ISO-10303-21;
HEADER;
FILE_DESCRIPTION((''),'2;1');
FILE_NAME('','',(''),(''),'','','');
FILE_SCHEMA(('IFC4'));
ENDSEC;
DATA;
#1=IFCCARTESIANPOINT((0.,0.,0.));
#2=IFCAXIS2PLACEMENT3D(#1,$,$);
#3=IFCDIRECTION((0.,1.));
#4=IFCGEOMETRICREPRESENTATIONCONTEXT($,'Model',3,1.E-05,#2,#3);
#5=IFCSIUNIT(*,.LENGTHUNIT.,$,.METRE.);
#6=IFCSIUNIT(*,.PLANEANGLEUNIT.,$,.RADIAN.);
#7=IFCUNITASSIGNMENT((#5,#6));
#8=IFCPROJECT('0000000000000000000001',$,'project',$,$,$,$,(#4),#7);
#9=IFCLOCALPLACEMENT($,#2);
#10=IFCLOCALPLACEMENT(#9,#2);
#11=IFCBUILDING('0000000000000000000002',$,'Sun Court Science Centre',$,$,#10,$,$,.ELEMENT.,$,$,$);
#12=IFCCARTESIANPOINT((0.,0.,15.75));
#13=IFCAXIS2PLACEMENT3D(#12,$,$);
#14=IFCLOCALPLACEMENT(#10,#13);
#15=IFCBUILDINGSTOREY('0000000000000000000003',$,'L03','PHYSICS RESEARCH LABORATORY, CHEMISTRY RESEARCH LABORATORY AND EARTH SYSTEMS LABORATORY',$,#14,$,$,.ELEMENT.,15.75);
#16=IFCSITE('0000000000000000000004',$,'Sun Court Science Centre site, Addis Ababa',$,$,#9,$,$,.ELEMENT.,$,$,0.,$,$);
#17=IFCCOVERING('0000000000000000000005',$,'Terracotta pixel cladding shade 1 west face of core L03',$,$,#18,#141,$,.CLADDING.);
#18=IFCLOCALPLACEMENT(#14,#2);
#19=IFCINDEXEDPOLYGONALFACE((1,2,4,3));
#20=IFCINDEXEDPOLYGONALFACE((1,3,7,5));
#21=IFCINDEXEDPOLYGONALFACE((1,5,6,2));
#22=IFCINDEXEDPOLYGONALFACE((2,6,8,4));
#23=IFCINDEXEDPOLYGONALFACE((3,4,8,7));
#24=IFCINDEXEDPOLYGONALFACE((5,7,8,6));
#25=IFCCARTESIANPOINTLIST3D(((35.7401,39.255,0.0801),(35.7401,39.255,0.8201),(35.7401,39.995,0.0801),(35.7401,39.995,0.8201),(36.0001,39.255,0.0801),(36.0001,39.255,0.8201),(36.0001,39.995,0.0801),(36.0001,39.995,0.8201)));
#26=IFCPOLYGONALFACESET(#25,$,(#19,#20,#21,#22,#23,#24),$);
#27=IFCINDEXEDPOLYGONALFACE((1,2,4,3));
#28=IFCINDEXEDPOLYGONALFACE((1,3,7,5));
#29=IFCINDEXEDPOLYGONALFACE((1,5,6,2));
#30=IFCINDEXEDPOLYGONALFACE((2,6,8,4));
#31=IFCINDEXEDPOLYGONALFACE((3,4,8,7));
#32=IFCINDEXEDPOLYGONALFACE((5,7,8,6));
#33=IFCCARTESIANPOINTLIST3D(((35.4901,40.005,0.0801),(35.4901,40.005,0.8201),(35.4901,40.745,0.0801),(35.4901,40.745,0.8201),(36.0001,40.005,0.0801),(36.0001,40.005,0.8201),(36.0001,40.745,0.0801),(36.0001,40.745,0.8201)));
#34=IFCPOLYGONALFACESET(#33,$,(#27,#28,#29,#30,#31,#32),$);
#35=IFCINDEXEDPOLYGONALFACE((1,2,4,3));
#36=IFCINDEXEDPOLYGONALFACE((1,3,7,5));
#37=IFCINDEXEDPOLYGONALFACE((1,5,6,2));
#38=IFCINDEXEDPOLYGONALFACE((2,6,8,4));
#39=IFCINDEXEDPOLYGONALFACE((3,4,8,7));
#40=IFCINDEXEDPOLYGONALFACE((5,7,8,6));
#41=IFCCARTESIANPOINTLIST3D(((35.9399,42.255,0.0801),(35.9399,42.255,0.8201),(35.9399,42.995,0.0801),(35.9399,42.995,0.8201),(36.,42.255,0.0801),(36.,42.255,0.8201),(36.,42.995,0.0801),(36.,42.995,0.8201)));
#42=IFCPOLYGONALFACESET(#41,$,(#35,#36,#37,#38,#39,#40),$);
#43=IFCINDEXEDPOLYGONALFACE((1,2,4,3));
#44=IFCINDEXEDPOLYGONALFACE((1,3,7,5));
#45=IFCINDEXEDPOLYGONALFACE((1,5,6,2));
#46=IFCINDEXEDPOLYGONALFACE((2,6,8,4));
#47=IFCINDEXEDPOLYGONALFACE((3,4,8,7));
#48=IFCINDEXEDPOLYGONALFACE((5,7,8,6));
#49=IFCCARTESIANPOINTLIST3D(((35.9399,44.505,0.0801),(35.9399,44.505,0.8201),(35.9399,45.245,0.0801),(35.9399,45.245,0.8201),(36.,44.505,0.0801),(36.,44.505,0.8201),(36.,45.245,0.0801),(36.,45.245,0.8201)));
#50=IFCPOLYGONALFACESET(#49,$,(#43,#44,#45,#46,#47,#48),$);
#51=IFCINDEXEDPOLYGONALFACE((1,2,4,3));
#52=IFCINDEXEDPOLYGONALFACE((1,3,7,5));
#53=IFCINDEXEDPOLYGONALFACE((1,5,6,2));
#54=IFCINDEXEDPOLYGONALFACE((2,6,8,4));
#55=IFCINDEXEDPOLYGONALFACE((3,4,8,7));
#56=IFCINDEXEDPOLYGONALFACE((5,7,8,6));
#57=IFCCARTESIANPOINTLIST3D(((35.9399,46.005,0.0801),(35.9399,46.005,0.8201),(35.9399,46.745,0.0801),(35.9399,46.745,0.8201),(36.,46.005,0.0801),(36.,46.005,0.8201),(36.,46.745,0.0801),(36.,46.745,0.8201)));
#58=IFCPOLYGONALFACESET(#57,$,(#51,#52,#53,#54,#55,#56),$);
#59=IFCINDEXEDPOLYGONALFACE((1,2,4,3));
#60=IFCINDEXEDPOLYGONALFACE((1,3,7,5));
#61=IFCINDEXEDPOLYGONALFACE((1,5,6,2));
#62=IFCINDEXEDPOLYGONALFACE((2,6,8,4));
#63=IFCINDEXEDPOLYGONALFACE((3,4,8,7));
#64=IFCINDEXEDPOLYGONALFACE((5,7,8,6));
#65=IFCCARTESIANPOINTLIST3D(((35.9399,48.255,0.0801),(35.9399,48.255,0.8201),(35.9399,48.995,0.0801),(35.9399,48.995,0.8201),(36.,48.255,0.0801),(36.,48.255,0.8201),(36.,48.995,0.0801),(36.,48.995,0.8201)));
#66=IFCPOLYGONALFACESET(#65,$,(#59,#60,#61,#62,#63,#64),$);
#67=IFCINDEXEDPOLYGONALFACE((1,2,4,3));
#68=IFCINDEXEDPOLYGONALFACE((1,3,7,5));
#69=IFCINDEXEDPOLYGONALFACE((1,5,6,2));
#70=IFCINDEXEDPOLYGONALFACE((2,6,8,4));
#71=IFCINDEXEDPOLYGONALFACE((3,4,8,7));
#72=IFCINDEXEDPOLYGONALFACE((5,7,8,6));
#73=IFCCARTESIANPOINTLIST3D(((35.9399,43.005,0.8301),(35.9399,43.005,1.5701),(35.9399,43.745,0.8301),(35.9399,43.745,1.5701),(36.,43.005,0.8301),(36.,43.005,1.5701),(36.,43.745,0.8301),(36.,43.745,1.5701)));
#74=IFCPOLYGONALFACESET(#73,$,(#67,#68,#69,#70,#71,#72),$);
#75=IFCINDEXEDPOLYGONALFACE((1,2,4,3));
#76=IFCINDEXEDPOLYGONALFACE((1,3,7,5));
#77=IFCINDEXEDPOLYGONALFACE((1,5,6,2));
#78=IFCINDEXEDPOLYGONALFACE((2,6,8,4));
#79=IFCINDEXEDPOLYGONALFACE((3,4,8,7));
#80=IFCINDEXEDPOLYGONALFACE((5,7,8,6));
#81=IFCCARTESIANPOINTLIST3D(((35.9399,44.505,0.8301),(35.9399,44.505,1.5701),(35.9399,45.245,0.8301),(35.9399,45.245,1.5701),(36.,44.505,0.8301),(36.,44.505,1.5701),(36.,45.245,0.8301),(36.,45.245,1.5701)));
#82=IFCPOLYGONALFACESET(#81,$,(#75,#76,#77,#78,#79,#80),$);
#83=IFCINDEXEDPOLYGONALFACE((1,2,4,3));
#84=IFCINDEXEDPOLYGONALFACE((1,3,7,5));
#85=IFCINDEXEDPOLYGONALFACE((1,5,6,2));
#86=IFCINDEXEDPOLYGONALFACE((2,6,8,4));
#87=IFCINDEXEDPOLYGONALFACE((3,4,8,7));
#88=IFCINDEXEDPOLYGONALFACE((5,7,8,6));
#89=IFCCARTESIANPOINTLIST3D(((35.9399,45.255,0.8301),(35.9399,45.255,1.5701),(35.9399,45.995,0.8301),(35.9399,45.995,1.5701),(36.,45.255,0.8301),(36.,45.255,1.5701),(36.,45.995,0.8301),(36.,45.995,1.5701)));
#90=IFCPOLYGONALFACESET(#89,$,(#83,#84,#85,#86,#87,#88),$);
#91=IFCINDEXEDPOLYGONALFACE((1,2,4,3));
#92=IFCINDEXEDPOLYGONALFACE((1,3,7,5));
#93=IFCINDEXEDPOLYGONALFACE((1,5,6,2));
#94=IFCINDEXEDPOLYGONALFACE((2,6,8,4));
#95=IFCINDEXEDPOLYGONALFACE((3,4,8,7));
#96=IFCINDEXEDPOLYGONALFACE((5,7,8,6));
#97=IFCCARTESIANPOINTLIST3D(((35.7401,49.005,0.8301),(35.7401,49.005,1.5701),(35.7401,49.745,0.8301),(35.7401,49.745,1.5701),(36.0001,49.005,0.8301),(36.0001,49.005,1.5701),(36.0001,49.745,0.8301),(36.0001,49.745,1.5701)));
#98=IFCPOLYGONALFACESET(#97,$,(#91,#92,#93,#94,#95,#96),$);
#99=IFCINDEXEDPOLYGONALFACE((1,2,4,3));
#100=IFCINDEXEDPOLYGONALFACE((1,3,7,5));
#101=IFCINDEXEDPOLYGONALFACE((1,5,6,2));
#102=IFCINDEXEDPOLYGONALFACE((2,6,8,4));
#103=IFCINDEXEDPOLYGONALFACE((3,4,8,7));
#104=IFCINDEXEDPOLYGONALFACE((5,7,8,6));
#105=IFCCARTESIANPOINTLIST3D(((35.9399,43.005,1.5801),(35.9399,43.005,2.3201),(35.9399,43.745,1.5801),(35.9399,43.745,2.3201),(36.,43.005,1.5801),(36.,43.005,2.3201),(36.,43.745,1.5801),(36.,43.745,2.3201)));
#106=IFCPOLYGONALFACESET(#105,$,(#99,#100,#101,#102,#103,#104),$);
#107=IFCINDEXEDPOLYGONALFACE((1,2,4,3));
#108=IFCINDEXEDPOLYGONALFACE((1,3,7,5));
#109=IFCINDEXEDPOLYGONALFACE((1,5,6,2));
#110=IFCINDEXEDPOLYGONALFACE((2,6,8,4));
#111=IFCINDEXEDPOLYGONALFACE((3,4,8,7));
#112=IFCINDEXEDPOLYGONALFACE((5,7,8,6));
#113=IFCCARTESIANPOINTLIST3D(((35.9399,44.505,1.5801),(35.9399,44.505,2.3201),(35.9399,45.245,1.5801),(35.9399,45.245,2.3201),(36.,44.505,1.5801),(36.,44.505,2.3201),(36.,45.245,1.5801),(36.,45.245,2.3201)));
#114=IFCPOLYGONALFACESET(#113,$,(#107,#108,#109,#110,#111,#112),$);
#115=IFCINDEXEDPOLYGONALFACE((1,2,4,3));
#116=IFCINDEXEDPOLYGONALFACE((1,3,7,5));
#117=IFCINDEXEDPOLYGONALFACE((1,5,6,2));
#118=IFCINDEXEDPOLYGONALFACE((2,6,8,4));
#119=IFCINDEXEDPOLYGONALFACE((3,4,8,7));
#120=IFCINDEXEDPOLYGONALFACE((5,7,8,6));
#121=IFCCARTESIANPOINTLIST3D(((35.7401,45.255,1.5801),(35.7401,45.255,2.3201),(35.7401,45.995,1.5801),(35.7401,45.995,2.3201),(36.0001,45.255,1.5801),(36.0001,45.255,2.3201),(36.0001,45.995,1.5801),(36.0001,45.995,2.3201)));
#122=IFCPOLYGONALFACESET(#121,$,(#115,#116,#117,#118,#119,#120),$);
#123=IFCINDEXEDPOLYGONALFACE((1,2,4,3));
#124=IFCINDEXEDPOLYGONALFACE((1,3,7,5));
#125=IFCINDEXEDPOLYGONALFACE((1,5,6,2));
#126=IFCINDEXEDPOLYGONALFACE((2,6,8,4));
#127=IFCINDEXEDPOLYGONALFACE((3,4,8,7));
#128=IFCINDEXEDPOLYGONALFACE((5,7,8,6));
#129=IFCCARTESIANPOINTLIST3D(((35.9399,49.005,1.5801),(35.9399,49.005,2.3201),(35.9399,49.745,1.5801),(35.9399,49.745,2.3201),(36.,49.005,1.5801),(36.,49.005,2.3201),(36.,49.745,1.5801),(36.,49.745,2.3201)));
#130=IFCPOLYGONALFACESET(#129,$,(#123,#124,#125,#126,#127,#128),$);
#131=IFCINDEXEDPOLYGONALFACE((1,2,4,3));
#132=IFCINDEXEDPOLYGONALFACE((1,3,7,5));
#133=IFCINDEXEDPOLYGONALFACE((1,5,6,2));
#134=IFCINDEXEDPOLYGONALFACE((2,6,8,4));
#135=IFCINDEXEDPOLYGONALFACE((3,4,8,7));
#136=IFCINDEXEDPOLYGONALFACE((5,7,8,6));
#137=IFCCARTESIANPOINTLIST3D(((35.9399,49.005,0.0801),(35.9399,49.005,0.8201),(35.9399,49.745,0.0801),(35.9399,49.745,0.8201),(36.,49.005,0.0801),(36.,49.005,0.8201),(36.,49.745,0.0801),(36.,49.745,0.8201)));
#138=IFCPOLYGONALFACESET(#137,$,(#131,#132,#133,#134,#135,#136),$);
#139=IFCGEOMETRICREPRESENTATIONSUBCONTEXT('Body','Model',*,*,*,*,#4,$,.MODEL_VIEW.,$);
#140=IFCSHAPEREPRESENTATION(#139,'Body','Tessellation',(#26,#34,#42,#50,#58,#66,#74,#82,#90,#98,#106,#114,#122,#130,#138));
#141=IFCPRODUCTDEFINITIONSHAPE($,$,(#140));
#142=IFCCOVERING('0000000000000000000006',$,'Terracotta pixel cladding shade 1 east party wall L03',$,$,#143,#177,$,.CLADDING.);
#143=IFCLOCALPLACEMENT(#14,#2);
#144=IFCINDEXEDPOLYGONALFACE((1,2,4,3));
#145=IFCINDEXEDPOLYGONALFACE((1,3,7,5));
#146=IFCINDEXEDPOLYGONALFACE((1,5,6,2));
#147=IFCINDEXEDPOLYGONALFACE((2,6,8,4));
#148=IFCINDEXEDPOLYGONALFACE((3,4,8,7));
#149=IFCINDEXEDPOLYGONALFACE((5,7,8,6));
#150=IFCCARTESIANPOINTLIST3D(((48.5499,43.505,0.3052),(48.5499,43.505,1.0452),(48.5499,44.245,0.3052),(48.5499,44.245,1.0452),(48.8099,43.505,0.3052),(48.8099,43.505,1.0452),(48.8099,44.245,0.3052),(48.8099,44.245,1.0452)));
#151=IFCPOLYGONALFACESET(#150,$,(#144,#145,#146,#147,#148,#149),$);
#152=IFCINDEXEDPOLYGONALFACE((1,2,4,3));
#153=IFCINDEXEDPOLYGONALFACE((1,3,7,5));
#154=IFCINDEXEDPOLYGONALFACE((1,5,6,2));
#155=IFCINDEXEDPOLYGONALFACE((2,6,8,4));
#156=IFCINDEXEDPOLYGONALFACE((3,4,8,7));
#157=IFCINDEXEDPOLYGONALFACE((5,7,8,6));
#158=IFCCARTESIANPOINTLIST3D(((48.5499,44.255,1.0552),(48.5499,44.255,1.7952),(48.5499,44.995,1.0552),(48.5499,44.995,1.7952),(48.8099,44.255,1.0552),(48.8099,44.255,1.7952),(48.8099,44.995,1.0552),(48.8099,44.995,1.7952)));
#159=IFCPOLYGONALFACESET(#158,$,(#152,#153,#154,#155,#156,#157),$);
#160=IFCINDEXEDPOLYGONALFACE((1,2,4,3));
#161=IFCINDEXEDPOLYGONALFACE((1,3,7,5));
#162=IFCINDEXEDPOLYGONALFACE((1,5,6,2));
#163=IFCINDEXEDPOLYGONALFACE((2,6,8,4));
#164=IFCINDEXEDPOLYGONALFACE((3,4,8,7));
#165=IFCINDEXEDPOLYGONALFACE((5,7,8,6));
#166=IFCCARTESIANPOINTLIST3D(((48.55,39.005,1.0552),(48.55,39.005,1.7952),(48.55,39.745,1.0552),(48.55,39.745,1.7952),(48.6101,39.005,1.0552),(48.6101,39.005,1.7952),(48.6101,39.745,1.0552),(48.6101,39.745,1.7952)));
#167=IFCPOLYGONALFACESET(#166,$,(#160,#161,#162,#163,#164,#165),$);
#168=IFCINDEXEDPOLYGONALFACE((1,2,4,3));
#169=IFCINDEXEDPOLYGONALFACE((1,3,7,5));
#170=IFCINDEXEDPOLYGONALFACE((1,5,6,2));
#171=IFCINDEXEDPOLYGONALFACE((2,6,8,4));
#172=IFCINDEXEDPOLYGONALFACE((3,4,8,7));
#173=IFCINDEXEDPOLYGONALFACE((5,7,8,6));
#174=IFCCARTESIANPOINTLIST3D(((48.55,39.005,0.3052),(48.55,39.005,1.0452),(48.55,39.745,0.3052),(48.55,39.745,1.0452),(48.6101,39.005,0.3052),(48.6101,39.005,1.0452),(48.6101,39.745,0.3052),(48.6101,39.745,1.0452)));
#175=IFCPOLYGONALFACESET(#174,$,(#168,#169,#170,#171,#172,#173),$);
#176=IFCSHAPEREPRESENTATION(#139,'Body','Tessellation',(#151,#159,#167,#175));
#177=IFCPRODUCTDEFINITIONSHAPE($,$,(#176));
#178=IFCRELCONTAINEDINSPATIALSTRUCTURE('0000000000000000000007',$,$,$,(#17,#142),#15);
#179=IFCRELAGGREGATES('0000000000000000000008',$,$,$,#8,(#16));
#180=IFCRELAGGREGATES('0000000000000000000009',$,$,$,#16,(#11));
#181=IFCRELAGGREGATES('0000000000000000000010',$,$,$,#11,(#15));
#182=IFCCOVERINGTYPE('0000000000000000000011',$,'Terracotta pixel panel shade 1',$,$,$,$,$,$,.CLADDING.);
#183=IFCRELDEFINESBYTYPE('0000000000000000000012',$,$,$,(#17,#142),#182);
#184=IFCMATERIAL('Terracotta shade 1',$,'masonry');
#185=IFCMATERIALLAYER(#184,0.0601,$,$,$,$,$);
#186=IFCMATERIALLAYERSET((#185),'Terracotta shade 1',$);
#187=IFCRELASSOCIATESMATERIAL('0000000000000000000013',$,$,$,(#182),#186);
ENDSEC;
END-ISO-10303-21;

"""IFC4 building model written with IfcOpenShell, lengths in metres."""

from ifc_helpers import new_model, si_unit, direction, frame, origin, origin_2d, place, context, subcontext, project, spatial, rectangle, extrude, material, layer, layer_set, type_object, element, save


model = new_model("IFC4")

# Units and contexts
model_context = context("Model", 3, precision=1e-05, world=origin(), true_north=direction((0.0, 1.0)))
body_context = subcontext(model_context, "Body", "Model", "MODEL_VIEW")
ifc_project = project(units=[si_unit("LENGTHUNIT", "METRE"), si_unit("PLANEANGLEUNIT", "RADIAN")], contexts=[model_context])

# Site, building, storey
site_placement = place(None, origin())
site = spatial("IfcSite", under=ifc_project, at=site_placement, Name="Sun Court Science Centre site, Addis Ababa", CompositionType="ELEMENT", RefElevation=0.0)
building_placement = place(site_placement, origin())
building = spatial("IfcBuilding", under=site, at=building_placement, Name="Sun Court Science Centre", CompositionType="ELEMENT")
storey_placement = place(building_placement, frame((0.0, 0.0, 15.75)))
storey = spatial("IfcBuildingStorey", under=building, at=storey_placement, Name="L03", Description="PHYSICS RESEARCH LABORATORY, CHEMISTRY RESEARCH LABORATORY AND EARTH SYSTEMS LABORATORY", CompositionType="ELEMENT", Elevation=15.75)

# Coverings
ifc_material_1 = material(Name="Terracotta shade 1", Category="masonry")
ifc_layer_1 = layer(ifc_material_1, 0.0601)
ifc_layer_set_1 = layer_set([ifc_layer_1], Name="Terracotta shade 1")
covering_type_1 = type_object("IfcCoveringType", Name="Terracotta pixel panel shade 1", PredefinedType="CLADDING", material=ifc_layer_set_1)
covering_1_placement = place(storey_placement, frame((0.0, 0.0, -15.75)))
element("IfcCovering", 1, at=covering_1_placement, inside=storey, type_object=covering_type_1, Name="Terracotta pixel cladding shade 1 west face of core L03", PredefinedType="CLADDING", context=body_context, shape_type="SweptSolid", body=[
    extrude(rectangle(XDim=0.74, YDim=0.26, at=origin_2d()), frame((35.8701, 39.625, 15.8301), z_axis=(0.0, 0.0, 1.0), x_axis=(0.0, 1.0, 0.0)), (0.0, 0.0, 1.0), 0.74),
    extrude(rectangle(XDim=0.74, YDim=0.51, at=origin_2d()), frame((35.7451, 40.375, 15.8301), z_axis=(0.0, 0.0, 1.0), x_axis=(0.0, 1.0, 0.0)), (0.0, 0.0, 1.0), 0.74),
    extrude(rectangle(XDim=0.74, YDim=0.0601, at=origin_2d()), frame((35.97, 42.625, 15.8301), z_axis=(0.0, 0.0, 1.0), x_axis=(0.0, 1.0, 0.0)), (0.0, 0.0, 1.0), 0.74),
    extrude(rectangle(XDim=0.74, YDim=0.0601, at=origin_2d()), frame((35.97, 44.875, 15.8301), z_axis=(0.0, 0.0, 1.0), x_axis=(0.0, 1.0, 0.0)), (0.0, 0.0, 1.0), 0.74),
    extrude(rectangle(XDim=0.74, YDim=0.0601, at=origin_2d()), frame((35.97, 46.375, 15.8301), z_axis=(0.0, 0.0, 1.0), x_axis=(0.0, 1.0, 0.0)), (0.0, 0.0, 1.0), 0.74),
    extrude(rectangle(XDim=0.74, YDim=0.0601, at=origin_2d()), frame((35.97, 48.625, 15.8301), z_axis=(0.0, 0.0, 1.0), x_axis=(0.0, 1.0, 0.0)), (0.0, 0.0, 1.0), 0.74),
    extrude(rectangle(XDim=0.74, YDim=0.0601, at=origin_2d()), frame((35.97, 43.375, 16.5801), z_axis=(0.0, 0.0, 1.0), x_axis=(0.0, 1.0, 0.0)), (0.0, 0.0, 1.0), 0.74),
    extrude(rectangle(XDim=0.74, YDim=0.0601, at=origin_2d()), frame((35.97, 44.875, 16.5801), z_axis=(0.0, 0.0, 1.0), x_axis=(0.0, 1.0, 0.0)), (0.0, 0.0, 1.0), 0.74),
    extrude(rectangle(XDim=0.74, YDim=0.0601, at=origin_2d()), frame((35.97, 45.625, 16.5801), z_axis=(0.0, 0.0, 1.0), x_axis=(0.0, 1.0, 0.0)), (0.0, 0.0, 1.0), 0.74),
    extrude(rectangle(XDim=0.74, YDim=0.26, at=origin_2d()), frame((35.8701, 49.375, 16.5801), z_axis=(0.0, 0.0, 1.0), x_axis=(0.0, 1.0, 0.0)), (0.0, 0.0, 1.0), 0.74),
    extrude(rectangle(XDim=0.74, YDim=0.0601, at=origin_2d()), frame((35.97, 43.375, 17.3301), z_axis=(0.0, 0.0, 1.0), x_axis=(0.0, 1.0, 0.0)), (0.0, 0.0, 1.0), 0.74),
    extrude(rectangle(XDim=0.74, YDim=0.0601, at=origin_2d()), frame((35.97, 44.875, 17.3301), z_axis=(0.0, 0.0, 1.0), x_axis=(0.0, 1.0, 0.0)), (0.0, 0.0, 1.0), 0.74),
    extrude(rectangle(XDim=0.74, YDim=0.26, at=origin_2d()), frame((35.8701, 45.625, 17.3301), z_axis=(0.0, 0.0, 1.0), x_axis=(0.0, 1.0, 0.0)), (0.0, 0.0, 1.0), 0.74),
    extrude(rectangle(XDim=0.74, YDim=0.0601, at=origin_2d()), frame((35.97, 49.375, 17.3301), z_axis=(0.0, 0.0, 1.0), x_axis=(0.0, 1.0, 0.0)), (0.0, 0.0, 1.0), 0.74),
    extrude(rectangle(XDim=0.74, YDim=0.0601, at=origin_2d()), frame((35.97, 49.375, 15.8301), z_axis=(0.0, 0.0, 1.0), x_axis=(0.0, 1.0, 0.0)), (0.0, 0.0, 1.0), 0.74),
])
covering_2_placement = place(storey_placement, frame((0.0, 0.0, -15.75)))
element("IfcCovering", 2, at=covering_2_placement, inside=storey, type_object=covering_type_1, Name="Terracotta pixel cladding shade 1 east party wall L03", PredefinedType="CLADDING", context=body_context, shape_type="SweptSolid", body=[
    extrude(rectangle(XDim=0.74, YDim=0.26, at=origin_2d()), frame((48.6799, 43.875, 16.0552), z_axis=(0.0, 0.0, 1.0), x_axis=(0.0, -1.0, 0.0)), (0.0, 0.0, 1.0), 0.74),
    extrude(rectangle(XDim=0.74, YDim=0.26, at=origin_2d()), frame((48.6799, 44.625, 16.8052), z_axis=(0.0, 0.0, 1.0), x_axis=(0.0, -1.0, 0.0)), (0.0, 0.0, 1.0), 0.74),
    extrude(rectangle(XDim=0.74, YDim=0.0601, at=origin_2d()), frame((48.5801, 39.375, 16.8052), z_axis=(0.0, 0.0, 1.0), x_axis=(0.0, -1.0, 0.0)), (0.0, 0.0, 1.0), 0.74),
    extrude(rectangle(XDim=0.74, YDim=0.0601, at=origin_2d()), frame((48.5801, 39.375, 16.0552), z_axis=(0.0, 0.0, 1.0), x_axis=(0.0, -1.0, 0.0)), (0.0, 0.0, 1.0), 0.74),
])

save(model, "model.ifc")
